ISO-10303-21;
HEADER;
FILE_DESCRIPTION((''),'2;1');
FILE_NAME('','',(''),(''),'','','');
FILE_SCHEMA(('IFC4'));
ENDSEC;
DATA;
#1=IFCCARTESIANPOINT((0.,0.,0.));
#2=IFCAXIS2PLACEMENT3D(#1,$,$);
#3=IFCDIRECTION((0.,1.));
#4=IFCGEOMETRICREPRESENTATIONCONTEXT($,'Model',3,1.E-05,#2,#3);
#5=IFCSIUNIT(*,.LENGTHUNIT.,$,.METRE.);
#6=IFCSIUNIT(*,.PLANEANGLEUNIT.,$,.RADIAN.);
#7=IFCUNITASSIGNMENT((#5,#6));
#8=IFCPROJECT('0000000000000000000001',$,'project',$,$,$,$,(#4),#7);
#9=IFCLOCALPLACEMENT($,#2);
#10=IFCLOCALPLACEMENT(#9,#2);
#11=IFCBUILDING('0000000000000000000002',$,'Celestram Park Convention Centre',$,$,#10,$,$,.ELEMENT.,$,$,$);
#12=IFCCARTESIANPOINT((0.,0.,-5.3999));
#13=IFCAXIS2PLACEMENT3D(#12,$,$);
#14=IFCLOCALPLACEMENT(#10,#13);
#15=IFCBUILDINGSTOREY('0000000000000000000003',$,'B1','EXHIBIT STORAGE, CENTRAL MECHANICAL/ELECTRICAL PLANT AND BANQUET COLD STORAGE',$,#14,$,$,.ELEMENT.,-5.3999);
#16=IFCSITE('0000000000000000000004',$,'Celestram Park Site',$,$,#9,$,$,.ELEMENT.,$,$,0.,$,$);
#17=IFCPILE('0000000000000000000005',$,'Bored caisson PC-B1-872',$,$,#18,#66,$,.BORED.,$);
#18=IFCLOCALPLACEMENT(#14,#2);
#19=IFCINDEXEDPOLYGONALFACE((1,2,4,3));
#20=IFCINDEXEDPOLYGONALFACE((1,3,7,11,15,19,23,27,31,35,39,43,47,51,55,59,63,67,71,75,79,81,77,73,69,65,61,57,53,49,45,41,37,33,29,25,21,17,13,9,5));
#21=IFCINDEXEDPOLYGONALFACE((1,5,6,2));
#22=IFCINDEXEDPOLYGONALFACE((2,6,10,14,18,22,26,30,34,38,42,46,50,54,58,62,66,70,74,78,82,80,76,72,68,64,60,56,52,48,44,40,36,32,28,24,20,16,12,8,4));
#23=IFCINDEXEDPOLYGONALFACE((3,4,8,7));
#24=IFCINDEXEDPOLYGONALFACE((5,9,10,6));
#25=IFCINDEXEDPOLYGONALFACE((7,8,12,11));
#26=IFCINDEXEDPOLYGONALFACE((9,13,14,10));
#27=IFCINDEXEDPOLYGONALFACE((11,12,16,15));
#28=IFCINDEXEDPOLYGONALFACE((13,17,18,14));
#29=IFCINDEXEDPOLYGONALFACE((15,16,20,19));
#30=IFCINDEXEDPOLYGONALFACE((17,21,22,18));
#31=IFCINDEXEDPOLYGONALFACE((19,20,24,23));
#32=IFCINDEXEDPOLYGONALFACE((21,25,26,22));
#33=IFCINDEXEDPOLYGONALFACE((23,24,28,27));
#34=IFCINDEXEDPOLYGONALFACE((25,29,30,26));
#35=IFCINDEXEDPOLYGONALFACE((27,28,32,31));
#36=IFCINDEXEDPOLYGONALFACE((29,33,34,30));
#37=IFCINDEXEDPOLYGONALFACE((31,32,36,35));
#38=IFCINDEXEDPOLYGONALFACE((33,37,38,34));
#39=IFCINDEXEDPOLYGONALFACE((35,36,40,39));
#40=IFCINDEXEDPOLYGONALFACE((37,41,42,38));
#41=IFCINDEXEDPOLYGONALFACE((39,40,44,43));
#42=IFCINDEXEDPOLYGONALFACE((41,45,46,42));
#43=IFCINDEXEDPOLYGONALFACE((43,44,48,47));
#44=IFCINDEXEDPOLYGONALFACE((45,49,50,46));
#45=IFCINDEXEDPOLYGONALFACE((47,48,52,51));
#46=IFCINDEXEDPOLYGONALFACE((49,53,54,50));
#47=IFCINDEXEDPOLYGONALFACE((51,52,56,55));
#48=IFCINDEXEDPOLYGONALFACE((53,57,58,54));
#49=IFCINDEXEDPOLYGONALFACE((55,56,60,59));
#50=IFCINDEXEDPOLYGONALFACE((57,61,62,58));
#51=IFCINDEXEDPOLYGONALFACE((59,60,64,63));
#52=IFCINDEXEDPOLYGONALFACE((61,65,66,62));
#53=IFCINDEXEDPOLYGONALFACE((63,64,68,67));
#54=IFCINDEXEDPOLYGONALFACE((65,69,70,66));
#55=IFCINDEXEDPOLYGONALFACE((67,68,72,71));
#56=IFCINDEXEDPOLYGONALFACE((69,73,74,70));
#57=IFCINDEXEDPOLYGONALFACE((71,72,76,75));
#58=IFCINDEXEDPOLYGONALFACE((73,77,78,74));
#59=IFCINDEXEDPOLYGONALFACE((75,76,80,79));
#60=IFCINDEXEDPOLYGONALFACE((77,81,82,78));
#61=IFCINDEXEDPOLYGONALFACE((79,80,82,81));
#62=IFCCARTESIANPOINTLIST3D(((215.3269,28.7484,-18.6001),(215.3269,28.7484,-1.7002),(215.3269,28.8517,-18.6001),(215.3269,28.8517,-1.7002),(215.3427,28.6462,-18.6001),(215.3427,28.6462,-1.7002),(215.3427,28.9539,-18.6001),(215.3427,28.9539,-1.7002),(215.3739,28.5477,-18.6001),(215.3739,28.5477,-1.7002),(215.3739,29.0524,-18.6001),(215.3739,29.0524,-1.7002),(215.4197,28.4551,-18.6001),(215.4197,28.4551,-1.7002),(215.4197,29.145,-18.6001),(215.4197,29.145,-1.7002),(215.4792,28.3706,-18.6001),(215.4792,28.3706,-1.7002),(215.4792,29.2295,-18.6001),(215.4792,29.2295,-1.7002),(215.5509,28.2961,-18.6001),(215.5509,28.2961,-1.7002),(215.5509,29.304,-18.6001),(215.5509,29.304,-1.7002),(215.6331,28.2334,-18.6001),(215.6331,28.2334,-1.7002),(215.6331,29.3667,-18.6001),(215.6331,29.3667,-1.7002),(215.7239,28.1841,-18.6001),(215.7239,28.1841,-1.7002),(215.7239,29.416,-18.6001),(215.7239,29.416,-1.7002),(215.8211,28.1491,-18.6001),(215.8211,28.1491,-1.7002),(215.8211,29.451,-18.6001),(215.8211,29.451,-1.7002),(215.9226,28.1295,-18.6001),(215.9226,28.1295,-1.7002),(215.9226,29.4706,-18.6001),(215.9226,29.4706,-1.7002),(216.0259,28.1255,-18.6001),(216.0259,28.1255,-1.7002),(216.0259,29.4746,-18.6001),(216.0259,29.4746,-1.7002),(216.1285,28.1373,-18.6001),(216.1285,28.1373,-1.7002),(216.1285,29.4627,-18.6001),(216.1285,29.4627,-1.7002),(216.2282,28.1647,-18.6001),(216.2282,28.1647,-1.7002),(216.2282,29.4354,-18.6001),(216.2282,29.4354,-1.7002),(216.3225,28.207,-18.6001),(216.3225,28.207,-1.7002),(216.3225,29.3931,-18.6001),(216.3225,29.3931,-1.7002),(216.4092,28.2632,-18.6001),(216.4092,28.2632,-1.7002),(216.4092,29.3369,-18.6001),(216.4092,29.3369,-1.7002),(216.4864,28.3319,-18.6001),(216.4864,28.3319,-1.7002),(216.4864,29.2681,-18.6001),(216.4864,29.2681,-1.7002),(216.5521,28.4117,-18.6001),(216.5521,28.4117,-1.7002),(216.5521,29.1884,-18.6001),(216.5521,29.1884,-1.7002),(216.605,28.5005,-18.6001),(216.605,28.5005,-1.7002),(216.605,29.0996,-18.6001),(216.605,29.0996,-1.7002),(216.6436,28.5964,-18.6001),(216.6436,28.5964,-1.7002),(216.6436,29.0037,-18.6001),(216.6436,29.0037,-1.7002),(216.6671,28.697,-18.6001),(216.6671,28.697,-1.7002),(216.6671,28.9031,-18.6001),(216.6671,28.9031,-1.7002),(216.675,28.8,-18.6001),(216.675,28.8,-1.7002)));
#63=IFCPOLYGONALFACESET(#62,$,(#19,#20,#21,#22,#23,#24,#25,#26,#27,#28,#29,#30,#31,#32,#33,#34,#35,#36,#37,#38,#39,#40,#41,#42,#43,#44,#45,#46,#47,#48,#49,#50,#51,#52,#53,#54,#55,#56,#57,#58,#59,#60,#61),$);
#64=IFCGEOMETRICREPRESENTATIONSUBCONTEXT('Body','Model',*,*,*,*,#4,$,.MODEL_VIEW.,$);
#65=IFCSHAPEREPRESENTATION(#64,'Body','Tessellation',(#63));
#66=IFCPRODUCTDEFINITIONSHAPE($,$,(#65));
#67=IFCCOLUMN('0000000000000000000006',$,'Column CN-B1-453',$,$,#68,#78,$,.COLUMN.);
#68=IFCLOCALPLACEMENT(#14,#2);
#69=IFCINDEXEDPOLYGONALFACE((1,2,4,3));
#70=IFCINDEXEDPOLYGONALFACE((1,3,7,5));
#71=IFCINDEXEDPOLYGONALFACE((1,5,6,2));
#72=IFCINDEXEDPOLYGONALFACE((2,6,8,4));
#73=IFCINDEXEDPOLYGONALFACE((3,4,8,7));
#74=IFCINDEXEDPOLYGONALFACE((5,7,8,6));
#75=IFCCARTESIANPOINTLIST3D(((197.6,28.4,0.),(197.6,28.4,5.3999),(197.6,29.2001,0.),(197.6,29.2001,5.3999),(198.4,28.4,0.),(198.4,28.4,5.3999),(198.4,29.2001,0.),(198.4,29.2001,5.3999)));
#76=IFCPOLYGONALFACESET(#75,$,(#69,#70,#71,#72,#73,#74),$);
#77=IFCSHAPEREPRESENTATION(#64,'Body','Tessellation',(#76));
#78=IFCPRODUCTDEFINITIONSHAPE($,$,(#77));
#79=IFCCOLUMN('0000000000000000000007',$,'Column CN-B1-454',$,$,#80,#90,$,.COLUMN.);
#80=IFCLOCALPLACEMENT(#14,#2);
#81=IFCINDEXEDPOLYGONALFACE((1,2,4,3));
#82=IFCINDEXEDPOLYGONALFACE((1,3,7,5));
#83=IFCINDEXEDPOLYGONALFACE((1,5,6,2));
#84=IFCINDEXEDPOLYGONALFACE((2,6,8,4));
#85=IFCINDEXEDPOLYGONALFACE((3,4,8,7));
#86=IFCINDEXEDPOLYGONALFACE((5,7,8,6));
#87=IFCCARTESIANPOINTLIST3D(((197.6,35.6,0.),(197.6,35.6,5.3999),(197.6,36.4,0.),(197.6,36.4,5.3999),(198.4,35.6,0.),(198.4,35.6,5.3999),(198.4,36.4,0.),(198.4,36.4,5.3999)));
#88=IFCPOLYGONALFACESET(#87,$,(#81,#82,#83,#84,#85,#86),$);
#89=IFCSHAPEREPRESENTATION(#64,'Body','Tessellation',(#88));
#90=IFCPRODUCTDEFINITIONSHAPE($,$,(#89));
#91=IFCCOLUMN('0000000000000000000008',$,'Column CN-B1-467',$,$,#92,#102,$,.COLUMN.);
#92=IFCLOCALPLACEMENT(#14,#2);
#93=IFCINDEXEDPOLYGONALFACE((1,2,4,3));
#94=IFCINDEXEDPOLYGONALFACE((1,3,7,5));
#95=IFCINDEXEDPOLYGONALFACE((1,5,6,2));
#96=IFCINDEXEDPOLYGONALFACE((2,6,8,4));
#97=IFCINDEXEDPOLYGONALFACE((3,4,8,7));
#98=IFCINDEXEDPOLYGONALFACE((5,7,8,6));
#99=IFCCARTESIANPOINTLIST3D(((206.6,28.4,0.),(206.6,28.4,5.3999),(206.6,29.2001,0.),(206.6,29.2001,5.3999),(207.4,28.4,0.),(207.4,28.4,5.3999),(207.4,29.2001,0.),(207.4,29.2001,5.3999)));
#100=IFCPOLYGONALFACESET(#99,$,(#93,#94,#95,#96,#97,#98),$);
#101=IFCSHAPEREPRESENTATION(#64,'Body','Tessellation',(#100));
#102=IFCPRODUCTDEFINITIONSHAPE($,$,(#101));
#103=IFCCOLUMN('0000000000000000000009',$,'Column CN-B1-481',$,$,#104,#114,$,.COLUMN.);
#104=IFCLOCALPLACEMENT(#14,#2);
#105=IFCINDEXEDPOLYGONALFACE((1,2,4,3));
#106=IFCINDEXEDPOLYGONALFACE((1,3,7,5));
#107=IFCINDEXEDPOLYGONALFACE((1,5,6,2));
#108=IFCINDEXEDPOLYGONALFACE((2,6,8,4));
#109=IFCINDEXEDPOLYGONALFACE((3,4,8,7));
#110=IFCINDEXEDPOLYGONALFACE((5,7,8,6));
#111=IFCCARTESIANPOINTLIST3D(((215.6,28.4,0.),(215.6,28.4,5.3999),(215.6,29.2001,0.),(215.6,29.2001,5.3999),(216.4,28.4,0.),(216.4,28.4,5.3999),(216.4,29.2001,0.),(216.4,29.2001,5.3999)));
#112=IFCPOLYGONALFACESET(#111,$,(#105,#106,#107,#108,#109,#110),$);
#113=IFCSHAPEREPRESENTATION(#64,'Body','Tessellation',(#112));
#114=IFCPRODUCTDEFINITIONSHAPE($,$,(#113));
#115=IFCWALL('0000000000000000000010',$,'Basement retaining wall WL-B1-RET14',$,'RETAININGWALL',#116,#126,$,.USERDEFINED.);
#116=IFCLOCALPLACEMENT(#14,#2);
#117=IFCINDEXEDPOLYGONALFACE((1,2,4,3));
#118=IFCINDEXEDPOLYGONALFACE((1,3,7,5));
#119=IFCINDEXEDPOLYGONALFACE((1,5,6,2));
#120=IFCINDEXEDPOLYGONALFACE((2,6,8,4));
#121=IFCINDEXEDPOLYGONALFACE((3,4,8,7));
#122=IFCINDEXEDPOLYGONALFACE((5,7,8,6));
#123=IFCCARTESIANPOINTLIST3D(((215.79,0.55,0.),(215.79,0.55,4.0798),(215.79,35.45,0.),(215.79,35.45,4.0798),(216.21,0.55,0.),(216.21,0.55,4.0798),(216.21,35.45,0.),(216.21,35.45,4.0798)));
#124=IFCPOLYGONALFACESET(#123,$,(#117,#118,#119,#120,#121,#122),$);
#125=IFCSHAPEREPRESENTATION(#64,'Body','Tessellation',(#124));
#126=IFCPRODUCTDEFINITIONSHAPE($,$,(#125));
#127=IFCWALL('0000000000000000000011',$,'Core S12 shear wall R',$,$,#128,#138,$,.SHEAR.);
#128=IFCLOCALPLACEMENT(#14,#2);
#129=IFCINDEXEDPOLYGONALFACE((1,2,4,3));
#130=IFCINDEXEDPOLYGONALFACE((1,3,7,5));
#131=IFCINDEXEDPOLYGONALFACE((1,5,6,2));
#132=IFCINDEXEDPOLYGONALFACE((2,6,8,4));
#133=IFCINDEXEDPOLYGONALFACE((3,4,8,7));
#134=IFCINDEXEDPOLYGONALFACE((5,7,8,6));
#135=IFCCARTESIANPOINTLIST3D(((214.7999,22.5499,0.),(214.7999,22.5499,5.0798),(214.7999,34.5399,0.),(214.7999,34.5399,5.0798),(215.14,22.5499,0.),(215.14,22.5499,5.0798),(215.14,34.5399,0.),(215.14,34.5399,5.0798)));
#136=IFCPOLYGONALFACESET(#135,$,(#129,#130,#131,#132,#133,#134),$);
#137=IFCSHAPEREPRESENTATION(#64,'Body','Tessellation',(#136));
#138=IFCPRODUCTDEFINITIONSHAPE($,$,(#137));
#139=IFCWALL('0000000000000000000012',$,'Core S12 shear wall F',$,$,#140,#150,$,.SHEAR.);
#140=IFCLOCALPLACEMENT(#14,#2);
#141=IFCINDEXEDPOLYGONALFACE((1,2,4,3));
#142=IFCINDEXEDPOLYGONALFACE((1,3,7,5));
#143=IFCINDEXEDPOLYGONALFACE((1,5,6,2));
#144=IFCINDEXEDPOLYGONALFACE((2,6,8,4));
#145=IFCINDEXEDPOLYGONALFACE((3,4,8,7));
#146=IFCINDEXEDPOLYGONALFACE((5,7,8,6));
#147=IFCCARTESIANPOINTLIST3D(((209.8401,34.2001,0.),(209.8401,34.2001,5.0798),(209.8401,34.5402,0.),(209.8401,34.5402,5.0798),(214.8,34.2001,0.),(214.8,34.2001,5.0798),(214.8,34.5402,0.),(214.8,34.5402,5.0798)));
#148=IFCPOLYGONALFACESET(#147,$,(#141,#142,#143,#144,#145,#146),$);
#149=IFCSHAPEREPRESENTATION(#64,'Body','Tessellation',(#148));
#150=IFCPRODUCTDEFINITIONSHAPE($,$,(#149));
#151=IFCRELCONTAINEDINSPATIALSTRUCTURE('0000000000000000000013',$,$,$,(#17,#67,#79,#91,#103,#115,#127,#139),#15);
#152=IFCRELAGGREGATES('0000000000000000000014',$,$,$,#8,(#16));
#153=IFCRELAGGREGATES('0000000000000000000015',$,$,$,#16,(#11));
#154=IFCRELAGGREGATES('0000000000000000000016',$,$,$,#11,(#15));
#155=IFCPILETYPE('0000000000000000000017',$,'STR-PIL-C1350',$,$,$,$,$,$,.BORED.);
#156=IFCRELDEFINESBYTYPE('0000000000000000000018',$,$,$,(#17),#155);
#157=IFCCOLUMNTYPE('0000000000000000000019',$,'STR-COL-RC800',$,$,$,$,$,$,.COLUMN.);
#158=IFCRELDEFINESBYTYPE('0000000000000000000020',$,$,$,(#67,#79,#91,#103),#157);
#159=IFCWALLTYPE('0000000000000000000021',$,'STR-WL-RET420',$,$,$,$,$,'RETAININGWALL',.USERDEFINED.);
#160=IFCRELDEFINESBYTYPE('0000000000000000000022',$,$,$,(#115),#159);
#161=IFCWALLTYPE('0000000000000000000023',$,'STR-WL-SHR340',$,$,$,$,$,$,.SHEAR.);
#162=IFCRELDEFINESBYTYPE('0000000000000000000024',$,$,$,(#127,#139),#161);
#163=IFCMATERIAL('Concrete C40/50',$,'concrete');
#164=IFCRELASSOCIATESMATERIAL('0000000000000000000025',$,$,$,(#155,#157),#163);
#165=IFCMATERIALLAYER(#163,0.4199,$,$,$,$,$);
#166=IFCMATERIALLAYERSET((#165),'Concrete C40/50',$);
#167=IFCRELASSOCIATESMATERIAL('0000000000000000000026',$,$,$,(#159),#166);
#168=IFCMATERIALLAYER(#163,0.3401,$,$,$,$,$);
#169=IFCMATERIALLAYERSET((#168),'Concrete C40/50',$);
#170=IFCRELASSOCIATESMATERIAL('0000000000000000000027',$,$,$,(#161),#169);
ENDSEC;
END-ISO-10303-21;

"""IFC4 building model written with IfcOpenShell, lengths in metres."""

from ifc_helpers import new_model, si_unit, direction, frame, frame_2d, origin, origin_2d, place, context, subcontext, project, spatial, rectangle, circle, extrude, material, layer, layer_set, material_profile, profile_set, type_object, element, save


model = new_model("IFC4")

# Units and contexts
model_context = context("Model", 3, precision=1e-05, world=origin(), true_north=direction((0.0, 1.0)))
body_context = subcontext(model_context, "Body", "Model", "MODEL_VIEW")
ifc_project = project(units=[si_unit("LENGTHUNIT", "METRE"), si_unit("PLANEANGLEUNIT", "RADIAN")], contexts=[model_context])

# Site, building, storey
site_placement = place(None, origin())
site = spatial("IfcSite", under=ifc_project, at=site_placement, Name="Celestram Park Site", CompositionType="ELEMENT", RefElevation=0.0)
building_placement = place(site_placement, origin())
building = spatial("IfcBuilding", under=site, at=building_placement, Name="Celestram Park Convention Centre", CompositionType="ELEMENT")
storey_placement = place(building_placement, frame((0.0, 0.0, -5.3999)))
storey = spatial("IfcBuildingStorey", under=building, at=storey_placement, Name="B1", Description="EXHIBIT STORAGE, CENTRAL MECHANICAL/ELECTRICAL PLANT AND BANQUET COLD STORAGE", CompositionType="ELEMENT", Elevation=-5.3999)

# Shared definitions
ifc_material_1 = material(Name="Concrete C40/50", Category="concrete")

# Pile
ifc_material_profile_1 = material_profile(ifc_material_1, circle(Radius=0.675, at=origin_2d()), Name="CAISSON1350")
ifc_profile_set_1 = profile_set([ifc_material_profile_1], Name="Concrete C40/50")
pile_type_1 = type_object("IfcPileType", Name="STR-PIL-C1350", PredefinedType="BORED", material=ifc_profile_set_1)
for number, where, z_axis, x_axis, name in (
    (1, (216.0, 28.8, -1.7002), (0.0, 0.0, -1.0), (1.0, 0.0, 0.0), "Bored caisson PC-B1-872"),
):
    element("IfcPile", number, at=place(storey_placement, frame(where, z_axis=z_axis, x_axis=x_axis)), inside=storey, type_object=pile_type_1, Name=name, PredefinedType="BORED", context=body_context, shape_type="SweptSolid", body=[
        extrude(circle(Radius=0.675, at=origin_2d()), origin(), (0.0, 0.0, 1.0), 16.8999),
    ])

# Columns
ifc_material_profile_2 = material_profile(ifc_material_1, rectangle(XDim=0.8, YDim=0.8, at=origin_2d()), Name="RC800X800")
ifc_profile_set_2 = profile_set([ifc_material_profile_2], Name="Concrete C40/50")
column_type = type_object("IfcColumnType", Name="STR-COL-RC800", PredefinedType="COLUMN", material=ifc_profile_set_2)
for number, where, z_axis, x_axis, name in (
    (2, (198.0, 28.8, 0.0), (0.0, 0.0, 1.0), (1.0, 0.0, 0.0), "Column CN-B1-453"),
    (3, (198.0, 36.0, 0.0), (0.0, 0.0, 1.0), (1.0, 0.0, 0.0), "Column CN-B1-454"),
    (4, (207.0, 28.8, 0.0), (0.0, 0.0, 1.0), (1.0, 0.0, 0.0), "Column CN-B1-467"),
    (5, (216.0, 28.8, 0.0), (0.0, 0.0, 1.0), (1.0, 0.0, 0.0), "Column CN-B1-481"),
):
    element("IfcColumn", number, at=place(storey_placement, frame(where, z_axis=z_axis, x_axis=x_axis)), inside=storey, type_object=column_type, Name=name, PredefinedType="COLUMN", context=body_context, shape_type="SweptSolid", body=[
        extrude(rectangle(XDim=0.8, YDim=0.8, at=origin_2d()), origin(), (0.0, 0.0, 1.0), 5.3999),
    ])

# Walls
ifc_layer_1 = layer(ifc_material_1, 0.4199)
ifc_layer_set_1 = layer_set([ifc_layer_1], Name="Concrete C40/50")
wall_type_1 = type_object("IfcWallType", Name="STR-WL-RET420", ElementType="RETAININGWALL", PredefinedType="USERDEFINED", material=ifc_layer_set_1)
wall_1_placement = place(storey_placement, frame((216.0, 35.45, 0.0), z_axis=(0.0, 0.0, 1.0), x_axis=(0.0, -1.0, 0.0)))
element("IfcWall", 6, at=wall_1_placement, inside=storey, type_object=wall_type_1, Name="Basement retaining wall WL-B1-RET14", ObjectType="RETAININGWALL", PredefinedType="USERDEFINED", context=body_context, shape_type="SweptSolid", body=[
    extrude(rectangle(XDim=34.8999, YDim=0.4199, at=frame_2d((17.45, 0.0))), origin(), (0.0, 0.0, 1.0), 4.0798),
])
ifc_layer_2 = layer(ifc_material_1, 0.3401)
ifc_layer_set_2 = layer_set([ifc_layer_2], Name="Concrete C40/50")
wall_type_2 = type_object("IfcWallType", Name="STR-WL-SHR340", PredefinedType="SHEAR", material=ifc_layer_set_2)
wall_2_placement = place(storey_placement, frame((214.97, 34.54, 0.0), z_axis=(0.0, 0.0, 1.0), x_axis=(0.0, -1.0, 0.0)))
element("IfcWall", 7, at=wall_2_placement, inside=storey, type_object=wall_type_2, Name="Core S12 shear wall R", PredefinedType="SHEAR", context=body_context, shape_type="SweptSolid", body=[
    extrude(rectangle(XDim=11.99, YDim=0.3401, at=frame_2d((5.9951, 0.0))), origin(), (0.0, 0.0, 1.0), 5.0798),
])
wall_3_placement = place(storey_placement, frame((209.8401, 34.3701, 0.0), z_axis=(0.0, 0.0, 1.0), x_axis=(1.0, 0.0, 0.0)))
element("IfcWall", 8, at=wall_3_placement, inside=storey, type_object=wall_type_2, Name="Core S12 shear wall F", PredefinedType="SHEAR", context=body_context, shape_type="SweptSolid", body=[
    extrude(rectangle(XDim=4.96, YDim=0.3401, at=frame_2d((2.48, 0.0))), origin(), (0.0, 0.0, 1.0), 5.0798),
])

save(model, "model.ifc")
